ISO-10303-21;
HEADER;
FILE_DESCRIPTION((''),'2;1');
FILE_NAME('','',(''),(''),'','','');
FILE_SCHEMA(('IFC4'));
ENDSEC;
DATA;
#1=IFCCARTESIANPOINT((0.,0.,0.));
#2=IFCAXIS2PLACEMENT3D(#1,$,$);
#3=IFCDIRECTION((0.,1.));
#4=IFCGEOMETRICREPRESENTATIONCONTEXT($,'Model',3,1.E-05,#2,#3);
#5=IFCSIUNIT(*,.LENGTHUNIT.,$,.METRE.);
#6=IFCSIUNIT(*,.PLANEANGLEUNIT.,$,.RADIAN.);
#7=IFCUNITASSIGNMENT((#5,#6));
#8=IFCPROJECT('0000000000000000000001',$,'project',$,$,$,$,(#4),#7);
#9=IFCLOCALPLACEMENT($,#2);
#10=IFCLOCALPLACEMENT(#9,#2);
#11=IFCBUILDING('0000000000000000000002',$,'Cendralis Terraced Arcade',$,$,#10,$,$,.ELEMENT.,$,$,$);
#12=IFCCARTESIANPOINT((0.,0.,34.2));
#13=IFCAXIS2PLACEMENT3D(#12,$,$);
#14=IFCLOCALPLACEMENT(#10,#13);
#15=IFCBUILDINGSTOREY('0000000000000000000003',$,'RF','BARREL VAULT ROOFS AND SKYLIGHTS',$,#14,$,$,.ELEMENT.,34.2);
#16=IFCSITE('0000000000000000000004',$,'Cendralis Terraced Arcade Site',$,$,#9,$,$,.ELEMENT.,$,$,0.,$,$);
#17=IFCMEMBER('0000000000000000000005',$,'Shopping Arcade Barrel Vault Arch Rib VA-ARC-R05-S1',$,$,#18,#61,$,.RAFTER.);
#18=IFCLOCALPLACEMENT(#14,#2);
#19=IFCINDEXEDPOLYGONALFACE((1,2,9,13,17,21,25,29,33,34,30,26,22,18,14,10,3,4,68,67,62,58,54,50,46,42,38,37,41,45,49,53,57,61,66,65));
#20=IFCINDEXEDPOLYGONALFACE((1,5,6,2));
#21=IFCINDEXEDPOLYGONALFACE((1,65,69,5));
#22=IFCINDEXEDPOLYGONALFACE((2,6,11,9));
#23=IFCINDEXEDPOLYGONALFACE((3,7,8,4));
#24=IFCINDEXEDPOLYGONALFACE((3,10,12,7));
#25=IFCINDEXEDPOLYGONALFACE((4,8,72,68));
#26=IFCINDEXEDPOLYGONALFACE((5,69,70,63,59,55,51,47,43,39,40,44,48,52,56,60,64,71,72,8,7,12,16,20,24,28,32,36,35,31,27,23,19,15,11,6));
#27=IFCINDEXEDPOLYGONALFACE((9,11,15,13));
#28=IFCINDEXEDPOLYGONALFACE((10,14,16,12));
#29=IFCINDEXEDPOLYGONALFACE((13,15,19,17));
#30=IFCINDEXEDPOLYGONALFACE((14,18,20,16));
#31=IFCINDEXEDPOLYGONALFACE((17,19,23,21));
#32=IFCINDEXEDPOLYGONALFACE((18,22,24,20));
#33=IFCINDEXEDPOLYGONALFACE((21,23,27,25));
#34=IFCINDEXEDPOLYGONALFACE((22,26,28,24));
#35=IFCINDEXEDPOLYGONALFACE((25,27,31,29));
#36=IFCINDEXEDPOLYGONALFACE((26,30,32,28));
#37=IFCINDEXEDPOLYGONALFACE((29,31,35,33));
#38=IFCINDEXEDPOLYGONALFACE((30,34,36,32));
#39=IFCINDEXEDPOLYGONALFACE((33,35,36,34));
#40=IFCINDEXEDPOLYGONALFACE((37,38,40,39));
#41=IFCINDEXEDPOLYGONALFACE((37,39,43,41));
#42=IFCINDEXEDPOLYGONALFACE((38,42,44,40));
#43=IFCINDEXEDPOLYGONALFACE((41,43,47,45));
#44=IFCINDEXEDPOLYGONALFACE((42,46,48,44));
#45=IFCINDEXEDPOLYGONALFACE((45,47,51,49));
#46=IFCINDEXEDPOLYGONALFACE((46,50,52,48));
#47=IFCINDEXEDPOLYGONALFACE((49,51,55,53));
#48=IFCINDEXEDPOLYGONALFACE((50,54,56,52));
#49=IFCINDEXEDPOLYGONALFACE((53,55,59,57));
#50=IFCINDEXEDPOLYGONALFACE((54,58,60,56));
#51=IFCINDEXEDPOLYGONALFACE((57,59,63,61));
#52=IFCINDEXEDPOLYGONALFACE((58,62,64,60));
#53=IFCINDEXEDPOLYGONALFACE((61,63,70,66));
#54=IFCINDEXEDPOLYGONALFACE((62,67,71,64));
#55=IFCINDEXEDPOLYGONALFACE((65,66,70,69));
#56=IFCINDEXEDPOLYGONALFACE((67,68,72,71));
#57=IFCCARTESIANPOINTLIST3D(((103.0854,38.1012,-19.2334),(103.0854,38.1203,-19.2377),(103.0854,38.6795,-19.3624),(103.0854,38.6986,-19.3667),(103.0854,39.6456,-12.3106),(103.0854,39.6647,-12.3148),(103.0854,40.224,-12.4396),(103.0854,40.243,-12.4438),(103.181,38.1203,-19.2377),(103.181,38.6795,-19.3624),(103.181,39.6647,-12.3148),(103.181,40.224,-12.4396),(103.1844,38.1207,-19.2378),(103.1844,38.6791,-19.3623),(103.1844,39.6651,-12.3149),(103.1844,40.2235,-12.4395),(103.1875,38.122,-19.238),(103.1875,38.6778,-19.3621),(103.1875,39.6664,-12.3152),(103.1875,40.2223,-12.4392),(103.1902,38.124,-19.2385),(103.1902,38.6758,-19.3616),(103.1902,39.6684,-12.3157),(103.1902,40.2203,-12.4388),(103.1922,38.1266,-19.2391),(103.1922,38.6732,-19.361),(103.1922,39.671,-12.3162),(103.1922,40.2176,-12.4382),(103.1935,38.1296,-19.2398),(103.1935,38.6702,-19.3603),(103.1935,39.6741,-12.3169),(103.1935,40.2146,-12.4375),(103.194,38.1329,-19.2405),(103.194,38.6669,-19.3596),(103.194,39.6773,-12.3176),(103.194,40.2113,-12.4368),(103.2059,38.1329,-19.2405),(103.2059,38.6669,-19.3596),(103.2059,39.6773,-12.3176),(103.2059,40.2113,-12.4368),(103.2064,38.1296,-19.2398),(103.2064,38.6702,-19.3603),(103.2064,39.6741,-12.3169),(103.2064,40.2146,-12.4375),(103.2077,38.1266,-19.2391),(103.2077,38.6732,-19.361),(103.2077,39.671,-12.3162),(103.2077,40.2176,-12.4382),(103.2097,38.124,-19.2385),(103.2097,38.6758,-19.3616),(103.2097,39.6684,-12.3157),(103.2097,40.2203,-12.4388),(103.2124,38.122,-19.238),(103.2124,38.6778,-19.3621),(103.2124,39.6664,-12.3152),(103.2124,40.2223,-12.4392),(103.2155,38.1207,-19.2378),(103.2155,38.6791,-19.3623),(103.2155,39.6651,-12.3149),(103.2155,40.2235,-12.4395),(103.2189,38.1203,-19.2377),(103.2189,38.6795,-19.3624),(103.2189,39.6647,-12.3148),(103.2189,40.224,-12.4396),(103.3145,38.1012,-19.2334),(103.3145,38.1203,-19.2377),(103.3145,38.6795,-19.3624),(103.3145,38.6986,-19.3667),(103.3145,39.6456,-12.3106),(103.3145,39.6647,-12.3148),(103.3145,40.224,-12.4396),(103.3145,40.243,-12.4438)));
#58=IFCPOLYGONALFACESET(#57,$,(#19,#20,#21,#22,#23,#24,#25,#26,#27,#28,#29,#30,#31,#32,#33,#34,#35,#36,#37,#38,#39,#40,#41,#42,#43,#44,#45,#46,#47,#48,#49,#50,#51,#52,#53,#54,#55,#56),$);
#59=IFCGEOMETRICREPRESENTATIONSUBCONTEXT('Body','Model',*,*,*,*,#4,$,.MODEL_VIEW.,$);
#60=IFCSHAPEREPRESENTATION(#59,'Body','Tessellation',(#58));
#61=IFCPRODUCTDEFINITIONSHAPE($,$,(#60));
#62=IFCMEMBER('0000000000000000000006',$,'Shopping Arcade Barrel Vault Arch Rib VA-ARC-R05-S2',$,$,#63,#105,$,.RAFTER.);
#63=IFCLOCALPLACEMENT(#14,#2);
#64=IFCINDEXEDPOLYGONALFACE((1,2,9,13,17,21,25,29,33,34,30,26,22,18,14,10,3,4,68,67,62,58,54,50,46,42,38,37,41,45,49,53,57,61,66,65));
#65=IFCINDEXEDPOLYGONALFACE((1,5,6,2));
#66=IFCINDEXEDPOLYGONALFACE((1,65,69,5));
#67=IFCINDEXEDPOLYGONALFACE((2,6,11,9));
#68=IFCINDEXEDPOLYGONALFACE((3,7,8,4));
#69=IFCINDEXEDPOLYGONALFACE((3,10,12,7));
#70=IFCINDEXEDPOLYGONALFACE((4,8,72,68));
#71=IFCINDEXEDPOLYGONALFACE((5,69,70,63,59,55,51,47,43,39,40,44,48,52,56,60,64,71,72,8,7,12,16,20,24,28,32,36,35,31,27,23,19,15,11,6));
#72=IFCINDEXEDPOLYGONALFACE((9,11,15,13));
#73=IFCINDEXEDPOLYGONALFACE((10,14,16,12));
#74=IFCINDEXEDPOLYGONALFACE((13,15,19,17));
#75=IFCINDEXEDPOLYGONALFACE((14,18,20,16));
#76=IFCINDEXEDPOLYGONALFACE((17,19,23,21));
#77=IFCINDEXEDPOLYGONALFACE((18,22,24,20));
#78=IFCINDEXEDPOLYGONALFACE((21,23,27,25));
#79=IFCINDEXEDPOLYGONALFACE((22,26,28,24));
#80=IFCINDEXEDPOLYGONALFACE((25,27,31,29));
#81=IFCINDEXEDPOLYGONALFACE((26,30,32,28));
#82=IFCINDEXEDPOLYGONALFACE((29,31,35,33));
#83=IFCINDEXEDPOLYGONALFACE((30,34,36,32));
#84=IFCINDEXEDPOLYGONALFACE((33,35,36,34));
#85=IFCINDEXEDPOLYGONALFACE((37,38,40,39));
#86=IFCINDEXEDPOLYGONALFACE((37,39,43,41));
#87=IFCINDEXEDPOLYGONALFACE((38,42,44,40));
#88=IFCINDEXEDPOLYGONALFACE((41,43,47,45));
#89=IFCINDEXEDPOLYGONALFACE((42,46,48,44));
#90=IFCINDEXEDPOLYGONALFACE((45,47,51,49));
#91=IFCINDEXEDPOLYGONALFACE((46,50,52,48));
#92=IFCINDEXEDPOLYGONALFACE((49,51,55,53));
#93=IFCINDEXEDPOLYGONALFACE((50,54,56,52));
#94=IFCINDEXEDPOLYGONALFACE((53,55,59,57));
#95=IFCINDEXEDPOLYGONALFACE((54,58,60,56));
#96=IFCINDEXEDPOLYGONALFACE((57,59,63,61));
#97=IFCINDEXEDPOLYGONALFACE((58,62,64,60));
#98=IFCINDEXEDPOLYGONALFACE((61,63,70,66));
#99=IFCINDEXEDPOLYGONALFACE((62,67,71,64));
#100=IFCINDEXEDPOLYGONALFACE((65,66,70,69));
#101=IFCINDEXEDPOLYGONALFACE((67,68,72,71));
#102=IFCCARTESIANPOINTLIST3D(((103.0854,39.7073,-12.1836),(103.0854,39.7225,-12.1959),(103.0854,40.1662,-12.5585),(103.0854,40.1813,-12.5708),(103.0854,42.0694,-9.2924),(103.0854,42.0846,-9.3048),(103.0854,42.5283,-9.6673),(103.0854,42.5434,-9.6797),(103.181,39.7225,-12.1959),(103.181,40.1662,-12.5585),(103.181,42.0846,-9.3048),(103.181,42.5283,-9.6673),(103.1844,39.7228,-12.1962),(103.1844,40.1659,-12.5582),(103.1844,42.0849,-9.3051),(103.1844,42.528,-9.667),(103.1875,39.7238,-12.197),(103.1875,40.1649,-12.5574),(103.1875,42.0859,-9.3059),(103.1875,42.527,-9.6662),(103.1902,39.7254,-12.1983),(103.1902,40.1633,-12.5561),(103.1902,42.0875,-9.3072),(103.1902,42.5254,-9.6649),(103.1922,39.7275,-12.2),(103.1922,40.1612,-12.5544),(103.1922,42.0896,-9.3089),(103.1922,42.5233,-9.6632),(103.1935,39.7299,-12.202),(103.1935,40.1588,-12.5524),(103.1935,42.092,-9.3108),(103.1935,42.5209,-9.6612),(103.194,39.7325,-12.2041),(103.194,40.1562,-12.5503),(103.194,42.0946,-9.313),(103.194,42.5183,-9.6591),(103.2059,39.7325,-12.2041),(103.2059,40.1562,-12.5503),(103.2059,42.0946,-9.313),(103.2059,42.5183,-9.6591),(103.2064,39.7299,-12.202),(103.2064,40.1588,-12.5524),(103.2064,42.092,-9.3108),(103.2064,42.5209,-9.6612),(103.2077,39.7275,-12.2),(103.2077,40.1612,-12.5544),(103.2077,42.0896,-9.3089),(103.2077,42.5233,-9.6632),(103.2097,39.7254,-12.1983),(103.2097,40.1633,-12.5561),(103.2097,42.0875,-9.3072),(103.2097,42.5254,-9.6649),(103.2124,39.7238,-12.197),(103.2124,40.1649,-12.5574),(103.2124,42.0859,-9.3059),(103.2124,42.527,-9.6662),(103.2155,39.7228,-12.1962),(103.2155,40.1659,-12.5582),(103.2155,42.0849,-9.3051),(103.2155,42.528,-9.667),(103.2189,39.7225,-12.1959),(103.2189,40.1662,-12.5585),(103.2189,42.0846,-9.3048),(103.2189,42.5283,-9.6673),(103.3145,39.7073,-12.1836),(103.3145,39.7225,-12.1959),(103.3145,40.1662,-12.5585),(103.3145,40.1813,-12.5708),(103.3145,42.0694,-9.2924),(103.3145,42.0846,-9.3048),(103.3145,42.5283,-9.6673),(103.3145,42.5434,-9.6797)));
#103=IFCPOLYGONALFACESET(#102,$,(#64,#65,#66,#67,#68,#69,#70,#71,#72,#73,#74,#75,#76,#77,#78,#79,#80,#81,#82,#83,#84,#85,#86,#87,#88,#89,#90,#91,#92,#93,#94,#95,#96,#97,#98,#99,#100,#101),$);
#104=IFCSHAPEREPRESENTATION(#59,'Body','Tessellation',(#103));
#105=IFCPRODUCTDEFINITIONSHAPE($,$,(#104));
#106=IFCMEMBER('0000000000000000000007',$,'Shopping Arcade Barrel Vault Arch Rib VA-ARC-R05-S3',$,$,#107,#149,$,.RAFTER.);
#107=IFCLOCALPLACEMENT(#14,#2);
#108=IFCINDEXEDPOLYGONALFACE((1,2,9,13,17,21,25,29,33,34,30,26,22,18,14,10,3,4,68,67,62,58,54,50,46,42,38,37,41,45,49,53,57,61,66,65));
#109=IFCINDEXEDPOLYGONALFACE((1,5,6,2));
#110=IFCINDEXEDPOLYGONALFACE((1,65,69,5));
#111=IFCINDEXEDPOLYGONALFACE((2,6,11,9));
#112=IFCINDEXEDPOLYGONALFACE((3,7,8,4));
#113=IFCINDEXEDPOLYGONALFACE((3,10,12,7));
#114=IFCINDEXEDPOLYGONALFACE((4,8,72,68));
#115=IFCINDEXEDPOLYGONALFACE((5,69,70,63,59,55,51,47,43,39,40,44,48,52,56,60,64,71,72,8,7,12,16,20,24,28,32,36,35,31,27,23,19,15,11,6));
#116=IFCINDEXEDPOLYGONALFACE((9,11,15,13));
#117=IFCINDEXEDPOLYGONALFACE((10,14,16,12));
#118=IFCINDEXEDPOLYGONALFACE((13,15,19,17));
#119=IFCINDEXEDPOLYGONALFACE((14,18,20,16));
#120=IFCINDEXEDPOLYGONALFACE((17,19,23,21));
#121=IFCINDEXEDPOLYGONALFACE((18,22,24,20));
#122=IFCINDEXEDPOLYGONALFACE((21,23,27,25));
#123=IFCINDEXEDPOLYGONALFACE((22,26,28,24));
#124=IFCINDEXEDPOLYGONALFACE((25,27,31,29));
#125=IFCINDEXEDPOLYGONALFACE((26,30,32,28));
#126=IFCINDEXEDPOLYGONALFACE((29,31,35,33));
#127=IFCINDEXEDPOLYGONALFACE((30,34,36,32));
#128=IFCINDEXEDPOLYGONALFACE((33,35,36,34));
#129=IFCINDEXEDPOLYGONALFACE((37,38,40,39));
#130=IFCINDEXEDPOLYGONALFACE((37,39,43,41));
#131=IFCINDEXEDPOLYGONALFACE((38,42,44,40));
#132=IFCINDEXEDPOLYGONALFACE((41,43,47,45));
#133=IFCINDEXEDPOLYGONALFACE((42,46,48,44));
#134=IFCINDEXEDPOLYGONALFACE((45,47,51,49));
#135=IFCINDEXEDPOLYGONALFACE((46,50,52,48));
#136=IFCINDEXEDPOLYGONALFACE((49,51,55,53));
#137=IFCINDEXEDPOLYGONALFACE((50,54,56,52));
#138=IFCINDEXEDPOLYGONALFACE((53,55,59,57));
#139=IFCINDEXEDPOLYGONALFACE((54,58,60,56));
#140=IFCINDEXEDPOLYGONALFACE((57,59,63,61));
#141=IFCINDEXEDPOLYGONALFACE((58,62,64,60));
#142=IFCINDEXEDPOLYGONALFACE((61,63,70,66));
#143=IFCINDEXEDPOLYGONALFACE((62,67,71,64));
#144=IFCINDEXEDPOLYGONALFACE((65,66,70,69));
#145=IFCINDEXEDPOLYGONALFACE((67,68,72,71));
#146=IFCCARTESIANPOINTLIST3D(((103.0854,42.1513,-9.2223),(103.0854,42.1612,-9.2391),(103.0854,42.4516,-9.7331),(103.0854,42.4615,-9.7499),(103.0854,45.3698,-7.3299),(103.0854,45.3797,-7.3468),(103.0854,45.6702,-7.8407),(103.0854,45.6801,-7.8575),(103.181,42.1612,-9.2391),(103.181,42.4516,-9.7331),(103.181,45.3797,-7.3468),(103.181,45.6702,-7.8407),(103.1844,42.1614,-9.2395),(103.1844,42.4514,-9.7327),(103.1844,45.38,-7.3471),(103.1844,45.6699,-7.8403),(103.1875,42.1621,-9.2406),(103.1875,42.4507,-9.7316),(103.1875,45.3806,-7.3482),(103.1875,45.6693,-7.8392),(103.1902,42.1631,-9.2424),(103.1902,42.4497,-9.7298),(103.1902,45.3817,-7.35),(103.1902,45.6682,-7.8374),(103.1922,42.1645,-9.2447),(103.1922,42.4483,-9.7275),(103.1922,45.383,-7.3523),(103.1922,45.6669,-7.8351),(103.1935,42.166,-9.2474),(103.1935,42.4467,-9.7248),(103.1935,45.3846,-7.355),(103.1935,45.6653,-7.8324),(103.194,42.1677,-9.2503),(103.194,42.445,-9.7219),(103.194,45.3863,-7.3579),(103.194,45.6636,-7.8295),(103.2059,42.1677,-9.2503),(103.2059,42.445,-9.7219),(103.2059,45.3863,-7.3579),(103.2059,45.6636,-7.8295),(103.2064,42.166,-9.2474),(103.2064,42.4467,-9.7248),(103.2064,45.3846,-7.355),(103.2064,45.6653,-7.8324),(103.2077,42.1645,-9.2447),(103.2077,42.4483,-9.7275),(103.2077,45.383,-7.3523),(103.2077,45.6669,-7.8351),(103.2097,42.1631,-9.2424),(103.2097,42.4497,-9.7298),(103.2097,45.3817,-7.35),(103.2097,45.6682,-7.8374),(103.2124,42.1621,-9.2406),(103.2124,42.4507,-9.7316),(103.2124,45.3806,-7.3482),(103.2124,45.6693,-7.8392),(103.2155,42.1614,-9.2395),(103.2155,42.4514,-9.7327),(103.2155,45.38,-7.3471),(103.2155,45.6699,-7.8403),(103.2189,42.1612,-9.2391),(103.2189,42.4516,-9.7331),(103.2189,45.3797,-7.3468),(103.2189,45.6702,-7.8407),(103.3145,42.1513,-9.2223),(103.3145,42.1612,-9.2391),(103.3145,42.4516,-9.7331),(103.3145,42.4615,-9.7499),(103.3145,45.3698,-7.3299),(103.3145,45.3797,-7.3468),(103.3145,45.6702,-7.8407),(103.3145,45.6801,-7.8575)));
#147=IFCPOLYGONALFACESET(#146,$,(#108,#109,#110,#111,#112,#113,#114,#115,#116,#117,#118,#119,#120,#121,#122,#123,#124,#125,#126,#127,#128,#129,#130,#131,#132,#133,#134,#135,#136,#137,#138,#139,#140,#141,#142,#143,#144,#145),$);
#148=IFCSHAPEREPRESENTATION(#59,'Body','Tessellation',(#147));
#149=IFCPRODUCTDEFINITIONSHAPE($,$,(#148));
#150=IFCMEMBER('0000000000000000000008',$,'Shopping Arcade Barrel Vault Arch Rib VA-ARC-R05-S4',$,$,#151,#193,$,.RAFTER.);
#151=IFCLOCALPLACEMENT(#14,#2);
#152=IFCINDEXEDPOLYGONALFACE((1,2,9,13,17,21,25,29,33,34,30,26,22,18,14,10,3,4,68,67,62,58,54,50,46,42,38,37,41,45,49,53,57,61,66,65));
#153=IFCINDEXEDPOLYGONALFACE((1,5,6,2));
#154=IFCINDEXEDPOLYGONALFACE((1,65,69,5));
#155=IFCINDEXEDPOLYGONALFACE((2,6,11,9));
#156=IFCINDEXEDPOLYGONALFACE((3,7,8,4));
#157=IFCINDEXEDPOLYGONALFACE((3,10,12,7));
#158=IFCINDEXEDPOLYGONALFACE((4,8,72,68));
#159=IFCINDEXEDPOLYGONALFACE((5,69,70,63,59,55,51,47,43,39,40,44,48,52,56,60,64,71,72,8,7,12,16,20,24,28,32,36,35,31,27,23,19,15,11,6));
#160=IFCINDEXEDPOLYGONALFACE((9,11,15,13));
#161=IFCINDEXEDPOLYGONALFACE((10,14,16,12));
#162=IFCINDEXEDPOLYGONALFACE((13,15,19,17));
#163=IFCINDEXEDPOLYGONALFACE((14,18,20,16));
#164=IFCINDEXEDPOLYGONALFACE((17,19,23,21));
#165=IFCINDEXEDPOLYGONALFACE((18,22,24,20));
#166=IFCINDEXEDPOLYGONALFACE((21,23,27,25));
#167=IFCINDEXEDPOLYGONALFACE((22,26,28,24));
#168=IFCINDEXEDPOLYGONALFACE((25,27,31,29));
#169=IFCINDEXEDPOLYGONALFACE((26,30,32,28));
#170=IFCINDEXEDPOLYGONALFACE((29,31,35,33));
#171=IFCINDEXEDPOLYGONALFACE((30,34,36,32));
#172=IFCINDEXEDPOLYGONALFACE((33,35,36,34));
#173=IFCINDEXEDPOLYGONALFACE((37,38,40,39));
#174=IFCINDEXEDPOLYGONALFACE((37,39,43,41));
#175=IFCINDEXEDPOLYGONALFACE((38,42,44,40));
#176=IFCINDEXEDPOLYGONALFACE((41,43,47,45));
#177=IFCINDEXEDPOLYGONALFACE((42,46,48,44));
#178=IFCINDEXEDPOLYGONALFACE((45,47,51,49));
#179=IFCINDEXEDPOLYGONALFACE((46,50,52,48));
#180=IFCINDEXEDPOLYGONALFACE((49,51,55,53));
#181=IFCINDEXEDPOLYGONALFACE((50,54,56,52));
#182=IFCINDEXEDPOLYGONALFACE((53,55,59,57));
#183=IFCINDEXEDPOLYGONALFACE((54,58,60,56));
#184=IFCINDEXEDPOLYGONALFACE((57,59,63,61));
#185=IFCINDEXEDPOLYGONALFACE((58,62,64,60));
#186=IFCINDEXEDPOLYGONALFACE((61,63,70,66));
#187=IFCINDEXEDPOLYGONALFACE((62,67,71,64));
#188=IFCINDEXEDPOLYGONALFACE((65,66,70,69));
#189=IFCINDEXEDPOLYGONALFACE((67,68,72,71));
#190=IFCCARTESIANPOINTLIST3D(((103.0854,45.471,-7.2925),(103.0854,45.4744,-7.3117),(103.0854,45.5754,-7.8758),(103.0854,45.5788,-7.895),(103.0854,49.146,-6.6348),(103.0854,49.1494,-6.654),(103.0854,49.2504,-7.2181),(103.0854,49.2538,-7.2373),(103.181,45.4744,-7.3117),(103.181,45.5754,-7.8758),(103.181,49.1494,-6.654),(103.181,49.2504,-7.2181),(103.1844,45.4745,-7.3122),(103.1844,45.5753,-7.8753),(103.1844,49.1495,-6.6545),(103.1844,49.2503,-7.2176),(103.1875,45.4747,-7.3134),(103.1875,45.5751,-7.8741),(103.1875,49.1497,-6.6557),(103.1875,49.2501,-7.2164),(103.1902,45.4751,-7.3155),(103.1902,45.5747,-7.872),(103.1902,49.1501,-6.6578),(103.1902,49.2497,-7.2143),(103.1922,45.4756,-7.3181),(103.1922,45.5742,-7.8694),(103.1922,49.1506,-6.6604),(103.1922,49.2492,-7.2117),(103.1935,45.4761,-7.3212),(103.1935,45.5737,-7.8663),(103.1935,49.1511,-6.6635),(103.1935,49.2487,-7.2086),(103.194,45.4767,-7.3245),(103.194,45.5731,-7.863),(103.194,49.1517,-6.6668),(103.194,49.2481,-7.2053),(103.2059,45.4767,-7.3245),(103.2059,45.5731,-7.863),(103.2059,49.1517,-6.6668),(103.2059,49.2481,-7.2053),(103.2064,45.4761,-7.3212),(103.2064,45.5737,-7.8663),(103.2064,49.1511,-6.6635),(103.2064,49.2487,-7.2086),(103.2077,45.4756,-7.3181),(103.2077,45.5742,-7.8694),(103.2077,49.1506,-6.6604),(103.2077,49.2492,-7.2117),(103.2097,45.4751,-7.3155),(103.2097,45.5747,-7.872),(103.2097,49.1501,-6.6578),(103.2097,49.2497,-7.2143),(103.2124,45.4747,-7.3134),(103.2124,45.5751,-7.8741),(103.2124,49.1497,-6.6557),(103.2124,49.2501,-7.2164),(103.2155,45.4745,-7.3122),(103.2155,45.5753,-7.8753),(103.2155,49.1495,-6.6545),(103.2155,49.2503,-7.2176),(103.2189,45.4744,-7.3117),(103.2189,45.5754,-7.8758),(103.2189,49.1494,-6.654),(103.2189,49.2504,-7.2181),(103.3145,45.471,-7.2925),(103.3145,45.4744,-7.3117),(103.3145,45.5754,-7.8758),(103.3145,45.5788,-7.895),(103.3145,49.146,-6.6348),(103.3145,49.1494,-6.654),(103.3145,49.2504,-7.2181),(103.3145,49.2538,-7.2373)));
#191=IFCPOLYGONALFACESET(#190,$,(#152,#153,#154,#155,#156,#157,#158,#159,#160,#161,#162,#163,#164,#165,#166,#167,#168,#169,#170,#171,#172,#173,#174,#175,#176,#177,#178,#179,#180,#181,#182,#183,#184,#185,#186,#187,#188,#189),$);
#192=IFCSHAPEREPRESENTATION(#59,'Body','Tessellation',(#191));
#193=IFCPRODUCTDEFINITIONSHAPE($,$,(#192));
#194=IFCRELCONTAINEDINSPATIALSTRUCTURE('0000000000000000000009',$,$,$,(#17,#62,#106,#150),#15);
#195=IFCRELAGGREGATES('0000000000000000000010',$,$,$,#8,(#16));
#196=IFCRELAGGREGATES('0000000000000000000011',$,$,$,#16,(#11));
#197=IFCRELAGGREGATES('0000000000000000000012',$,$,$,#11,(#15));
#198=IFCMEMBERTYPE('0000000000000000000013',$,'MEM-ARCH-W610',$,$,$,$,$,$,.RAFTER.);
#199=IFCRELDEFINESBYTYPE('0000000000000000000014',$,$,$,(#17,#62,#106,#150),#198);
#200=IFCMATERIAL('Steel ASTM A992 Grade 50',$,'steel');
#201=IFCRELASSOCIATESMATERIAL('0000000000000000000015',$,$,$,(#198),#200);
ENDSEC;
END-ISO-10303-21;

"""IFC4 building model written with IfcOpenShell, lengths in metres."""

from ifc_helpers import new_model, si_unit, direction, frame, origin, origin_2d, place, context, subcontext, project, spatial, i_section, extrude, material, material_profile, profile_set, type_object, element, save


model = new_model("IFC4")

# Units and contexts
model_context = context("Model", 3, precision=1e-05, world=origin(), true_north=direction((0.0, 1.0)))
body_context = subcontext(model_context, "Body", "Model", "MODEL_VIEW")
ifc_project = project(units=[si_unit("LENGTHUNIT", "METRE"), si_unit("PLANEANGLEUNIT", "RADIAN")], contexts=[model_context])

# Site, building, storey
site_placement = place(None, origin())
site = spatial("IfcSite", under=ifc_project, at=site_placement, Name="Cendralis Terraced Arcade Site", CompositionType="ELEMENT", RefElevation=0.0)
building_placement = place(site_placement, origin())
building = spatial("IfcBuilding", under=site, at=building_placement, Name="Cendralis Terraced Arcade", CompositionType="ELEMENT")
storey_placement = place(building_placement, frame((0.0, 0.0, 34.2)))
storey = spatial("IfcBuildingStorey", under=building, at=storey_placement, Name="RF", Description="BARREL VAULT ROOFS AND SKYLIGHTS", CompositionType="ELEMENT", Elevation=34.2)

# Members
ifc_material_1 = material(Name="Steel ASTM A992 Grade 50", Category="steel")
ifc_material_profile_1 = material_profile(ifc_material_1, i_section(OverallWidth=0.229, OverallDepth=0.6121, WebThickness=0.012, FlangeThickness=0.0195, FilletRadius=0.0129, at=origin_2d()), Name="W610X125", Category="LoadBearing")
ifc_profile_set_1 = profile_set([ifc_material_profile_1], Name="Steel ASTM A992 Grade 50")
member_type_1 = type_object("IfcMemberType", Name="MEM-ARCH-W610", PredefinedType="RAFTER", material=ifc_profile_set_1)
member_1_placement = place(storey_placement, frame((103.2, 38.3999, -19.3), z_axis=(0.0, 0.217739, 0.976007), x_axis=(-1.0, 0.0, 0.0)))
element("IfcMember", 1, at=member_1_placement, inside=storey, type_object=member_type_1, Name="Shopping Arcade Barrel Vault Arch Rib VA-ARC-R05-S1", PredefinedType="RAFTER", context=body_context, shape_type="SweptSolid", body=[
    extrude(i_section(OverallWidth=0.229, OverallDepth=0.6121, WebThickness=0.012, FlangeThickness=0.0195, FilletRadius=0.0129, at=origin_2d()), origin(), (0.0, 0.0, 1.0), 7.093),
])
member_2_placement = place(storey_placement, frame((103.2, 39.9443, -12.3772), z_axis=(0.0, 0.632693, 0.774403), x_axis=(-1.0, 0.0, 0.0)))
element("IfcMember", 2, at=member_2_placement, inside=storey, type_object=member_type_1, Name="Shopping Arcade Barrel Vault Arch Rib VA-ARC-R05-S2", PredefinedType="RAFTER", context=body_context, shape_type="SweptSolid", body=[
    extrude(i_section(OverallWidth=0.229, OverallDepth=0.6121, WebThickness=0.012, FlangeThickness=0.0195, FilletRadius=0.0129, at=origin_2d()), origin(), (0.0, 0.0, 1.0), 3.7334),
])
member_3_placement = place(storey_placement, frame((103.2, 42.3064, -9.4861), z_axis=(0.0, 0.86204, 0.50684), x_axis=(-1.0, 0.0, 0.0)))
element("IfcMember", 3, at=member_3_placement, inside=storey, type_object=member_type_1, Name="Shopping Arcade Barrel Vault Arch Rib VA-ARC-R05-S3", PredefinedType="RAFTER", context=body_context, shape_type="SweptSolid", body=[
    extrude(i_section(OverallWidth=0.229, OverallDepth=0.6121, WebThickness=0.012, FlangeThickness=0.0195, FilletRadius=0.0129, at=origin_2d()), origin(), (0.0, 0.0, 1.0), 3.7336),
])
member_4_placement = place(storey_placement, frame((103.2, 45.5249, -7.5938), z_axis=(0.0, 0.98436, 0.176169), x_axis=(-1.0, 0.0, 0.0)))
element("IfcMember", 4, at=member_4_placement, inside=storey, type_object=member_type_1, Name="Shopping Arcade Barrel Vault Arch Rib VA-ARC-R05-S4", PredefinedType="RAFTER", context=body_context, shape_type="SweptSolid", body=[
    extrude(i_section(OverallWidth=0.229, OverallDepth=0.6121, WebThickness=0.012, FlangeThickness=0.0195, FilletRadius=0.0129, at=origin_2d()), origin(), (0.0, 0.0, 1.0), 3.7334),
])

save(model, "model.ifc")
